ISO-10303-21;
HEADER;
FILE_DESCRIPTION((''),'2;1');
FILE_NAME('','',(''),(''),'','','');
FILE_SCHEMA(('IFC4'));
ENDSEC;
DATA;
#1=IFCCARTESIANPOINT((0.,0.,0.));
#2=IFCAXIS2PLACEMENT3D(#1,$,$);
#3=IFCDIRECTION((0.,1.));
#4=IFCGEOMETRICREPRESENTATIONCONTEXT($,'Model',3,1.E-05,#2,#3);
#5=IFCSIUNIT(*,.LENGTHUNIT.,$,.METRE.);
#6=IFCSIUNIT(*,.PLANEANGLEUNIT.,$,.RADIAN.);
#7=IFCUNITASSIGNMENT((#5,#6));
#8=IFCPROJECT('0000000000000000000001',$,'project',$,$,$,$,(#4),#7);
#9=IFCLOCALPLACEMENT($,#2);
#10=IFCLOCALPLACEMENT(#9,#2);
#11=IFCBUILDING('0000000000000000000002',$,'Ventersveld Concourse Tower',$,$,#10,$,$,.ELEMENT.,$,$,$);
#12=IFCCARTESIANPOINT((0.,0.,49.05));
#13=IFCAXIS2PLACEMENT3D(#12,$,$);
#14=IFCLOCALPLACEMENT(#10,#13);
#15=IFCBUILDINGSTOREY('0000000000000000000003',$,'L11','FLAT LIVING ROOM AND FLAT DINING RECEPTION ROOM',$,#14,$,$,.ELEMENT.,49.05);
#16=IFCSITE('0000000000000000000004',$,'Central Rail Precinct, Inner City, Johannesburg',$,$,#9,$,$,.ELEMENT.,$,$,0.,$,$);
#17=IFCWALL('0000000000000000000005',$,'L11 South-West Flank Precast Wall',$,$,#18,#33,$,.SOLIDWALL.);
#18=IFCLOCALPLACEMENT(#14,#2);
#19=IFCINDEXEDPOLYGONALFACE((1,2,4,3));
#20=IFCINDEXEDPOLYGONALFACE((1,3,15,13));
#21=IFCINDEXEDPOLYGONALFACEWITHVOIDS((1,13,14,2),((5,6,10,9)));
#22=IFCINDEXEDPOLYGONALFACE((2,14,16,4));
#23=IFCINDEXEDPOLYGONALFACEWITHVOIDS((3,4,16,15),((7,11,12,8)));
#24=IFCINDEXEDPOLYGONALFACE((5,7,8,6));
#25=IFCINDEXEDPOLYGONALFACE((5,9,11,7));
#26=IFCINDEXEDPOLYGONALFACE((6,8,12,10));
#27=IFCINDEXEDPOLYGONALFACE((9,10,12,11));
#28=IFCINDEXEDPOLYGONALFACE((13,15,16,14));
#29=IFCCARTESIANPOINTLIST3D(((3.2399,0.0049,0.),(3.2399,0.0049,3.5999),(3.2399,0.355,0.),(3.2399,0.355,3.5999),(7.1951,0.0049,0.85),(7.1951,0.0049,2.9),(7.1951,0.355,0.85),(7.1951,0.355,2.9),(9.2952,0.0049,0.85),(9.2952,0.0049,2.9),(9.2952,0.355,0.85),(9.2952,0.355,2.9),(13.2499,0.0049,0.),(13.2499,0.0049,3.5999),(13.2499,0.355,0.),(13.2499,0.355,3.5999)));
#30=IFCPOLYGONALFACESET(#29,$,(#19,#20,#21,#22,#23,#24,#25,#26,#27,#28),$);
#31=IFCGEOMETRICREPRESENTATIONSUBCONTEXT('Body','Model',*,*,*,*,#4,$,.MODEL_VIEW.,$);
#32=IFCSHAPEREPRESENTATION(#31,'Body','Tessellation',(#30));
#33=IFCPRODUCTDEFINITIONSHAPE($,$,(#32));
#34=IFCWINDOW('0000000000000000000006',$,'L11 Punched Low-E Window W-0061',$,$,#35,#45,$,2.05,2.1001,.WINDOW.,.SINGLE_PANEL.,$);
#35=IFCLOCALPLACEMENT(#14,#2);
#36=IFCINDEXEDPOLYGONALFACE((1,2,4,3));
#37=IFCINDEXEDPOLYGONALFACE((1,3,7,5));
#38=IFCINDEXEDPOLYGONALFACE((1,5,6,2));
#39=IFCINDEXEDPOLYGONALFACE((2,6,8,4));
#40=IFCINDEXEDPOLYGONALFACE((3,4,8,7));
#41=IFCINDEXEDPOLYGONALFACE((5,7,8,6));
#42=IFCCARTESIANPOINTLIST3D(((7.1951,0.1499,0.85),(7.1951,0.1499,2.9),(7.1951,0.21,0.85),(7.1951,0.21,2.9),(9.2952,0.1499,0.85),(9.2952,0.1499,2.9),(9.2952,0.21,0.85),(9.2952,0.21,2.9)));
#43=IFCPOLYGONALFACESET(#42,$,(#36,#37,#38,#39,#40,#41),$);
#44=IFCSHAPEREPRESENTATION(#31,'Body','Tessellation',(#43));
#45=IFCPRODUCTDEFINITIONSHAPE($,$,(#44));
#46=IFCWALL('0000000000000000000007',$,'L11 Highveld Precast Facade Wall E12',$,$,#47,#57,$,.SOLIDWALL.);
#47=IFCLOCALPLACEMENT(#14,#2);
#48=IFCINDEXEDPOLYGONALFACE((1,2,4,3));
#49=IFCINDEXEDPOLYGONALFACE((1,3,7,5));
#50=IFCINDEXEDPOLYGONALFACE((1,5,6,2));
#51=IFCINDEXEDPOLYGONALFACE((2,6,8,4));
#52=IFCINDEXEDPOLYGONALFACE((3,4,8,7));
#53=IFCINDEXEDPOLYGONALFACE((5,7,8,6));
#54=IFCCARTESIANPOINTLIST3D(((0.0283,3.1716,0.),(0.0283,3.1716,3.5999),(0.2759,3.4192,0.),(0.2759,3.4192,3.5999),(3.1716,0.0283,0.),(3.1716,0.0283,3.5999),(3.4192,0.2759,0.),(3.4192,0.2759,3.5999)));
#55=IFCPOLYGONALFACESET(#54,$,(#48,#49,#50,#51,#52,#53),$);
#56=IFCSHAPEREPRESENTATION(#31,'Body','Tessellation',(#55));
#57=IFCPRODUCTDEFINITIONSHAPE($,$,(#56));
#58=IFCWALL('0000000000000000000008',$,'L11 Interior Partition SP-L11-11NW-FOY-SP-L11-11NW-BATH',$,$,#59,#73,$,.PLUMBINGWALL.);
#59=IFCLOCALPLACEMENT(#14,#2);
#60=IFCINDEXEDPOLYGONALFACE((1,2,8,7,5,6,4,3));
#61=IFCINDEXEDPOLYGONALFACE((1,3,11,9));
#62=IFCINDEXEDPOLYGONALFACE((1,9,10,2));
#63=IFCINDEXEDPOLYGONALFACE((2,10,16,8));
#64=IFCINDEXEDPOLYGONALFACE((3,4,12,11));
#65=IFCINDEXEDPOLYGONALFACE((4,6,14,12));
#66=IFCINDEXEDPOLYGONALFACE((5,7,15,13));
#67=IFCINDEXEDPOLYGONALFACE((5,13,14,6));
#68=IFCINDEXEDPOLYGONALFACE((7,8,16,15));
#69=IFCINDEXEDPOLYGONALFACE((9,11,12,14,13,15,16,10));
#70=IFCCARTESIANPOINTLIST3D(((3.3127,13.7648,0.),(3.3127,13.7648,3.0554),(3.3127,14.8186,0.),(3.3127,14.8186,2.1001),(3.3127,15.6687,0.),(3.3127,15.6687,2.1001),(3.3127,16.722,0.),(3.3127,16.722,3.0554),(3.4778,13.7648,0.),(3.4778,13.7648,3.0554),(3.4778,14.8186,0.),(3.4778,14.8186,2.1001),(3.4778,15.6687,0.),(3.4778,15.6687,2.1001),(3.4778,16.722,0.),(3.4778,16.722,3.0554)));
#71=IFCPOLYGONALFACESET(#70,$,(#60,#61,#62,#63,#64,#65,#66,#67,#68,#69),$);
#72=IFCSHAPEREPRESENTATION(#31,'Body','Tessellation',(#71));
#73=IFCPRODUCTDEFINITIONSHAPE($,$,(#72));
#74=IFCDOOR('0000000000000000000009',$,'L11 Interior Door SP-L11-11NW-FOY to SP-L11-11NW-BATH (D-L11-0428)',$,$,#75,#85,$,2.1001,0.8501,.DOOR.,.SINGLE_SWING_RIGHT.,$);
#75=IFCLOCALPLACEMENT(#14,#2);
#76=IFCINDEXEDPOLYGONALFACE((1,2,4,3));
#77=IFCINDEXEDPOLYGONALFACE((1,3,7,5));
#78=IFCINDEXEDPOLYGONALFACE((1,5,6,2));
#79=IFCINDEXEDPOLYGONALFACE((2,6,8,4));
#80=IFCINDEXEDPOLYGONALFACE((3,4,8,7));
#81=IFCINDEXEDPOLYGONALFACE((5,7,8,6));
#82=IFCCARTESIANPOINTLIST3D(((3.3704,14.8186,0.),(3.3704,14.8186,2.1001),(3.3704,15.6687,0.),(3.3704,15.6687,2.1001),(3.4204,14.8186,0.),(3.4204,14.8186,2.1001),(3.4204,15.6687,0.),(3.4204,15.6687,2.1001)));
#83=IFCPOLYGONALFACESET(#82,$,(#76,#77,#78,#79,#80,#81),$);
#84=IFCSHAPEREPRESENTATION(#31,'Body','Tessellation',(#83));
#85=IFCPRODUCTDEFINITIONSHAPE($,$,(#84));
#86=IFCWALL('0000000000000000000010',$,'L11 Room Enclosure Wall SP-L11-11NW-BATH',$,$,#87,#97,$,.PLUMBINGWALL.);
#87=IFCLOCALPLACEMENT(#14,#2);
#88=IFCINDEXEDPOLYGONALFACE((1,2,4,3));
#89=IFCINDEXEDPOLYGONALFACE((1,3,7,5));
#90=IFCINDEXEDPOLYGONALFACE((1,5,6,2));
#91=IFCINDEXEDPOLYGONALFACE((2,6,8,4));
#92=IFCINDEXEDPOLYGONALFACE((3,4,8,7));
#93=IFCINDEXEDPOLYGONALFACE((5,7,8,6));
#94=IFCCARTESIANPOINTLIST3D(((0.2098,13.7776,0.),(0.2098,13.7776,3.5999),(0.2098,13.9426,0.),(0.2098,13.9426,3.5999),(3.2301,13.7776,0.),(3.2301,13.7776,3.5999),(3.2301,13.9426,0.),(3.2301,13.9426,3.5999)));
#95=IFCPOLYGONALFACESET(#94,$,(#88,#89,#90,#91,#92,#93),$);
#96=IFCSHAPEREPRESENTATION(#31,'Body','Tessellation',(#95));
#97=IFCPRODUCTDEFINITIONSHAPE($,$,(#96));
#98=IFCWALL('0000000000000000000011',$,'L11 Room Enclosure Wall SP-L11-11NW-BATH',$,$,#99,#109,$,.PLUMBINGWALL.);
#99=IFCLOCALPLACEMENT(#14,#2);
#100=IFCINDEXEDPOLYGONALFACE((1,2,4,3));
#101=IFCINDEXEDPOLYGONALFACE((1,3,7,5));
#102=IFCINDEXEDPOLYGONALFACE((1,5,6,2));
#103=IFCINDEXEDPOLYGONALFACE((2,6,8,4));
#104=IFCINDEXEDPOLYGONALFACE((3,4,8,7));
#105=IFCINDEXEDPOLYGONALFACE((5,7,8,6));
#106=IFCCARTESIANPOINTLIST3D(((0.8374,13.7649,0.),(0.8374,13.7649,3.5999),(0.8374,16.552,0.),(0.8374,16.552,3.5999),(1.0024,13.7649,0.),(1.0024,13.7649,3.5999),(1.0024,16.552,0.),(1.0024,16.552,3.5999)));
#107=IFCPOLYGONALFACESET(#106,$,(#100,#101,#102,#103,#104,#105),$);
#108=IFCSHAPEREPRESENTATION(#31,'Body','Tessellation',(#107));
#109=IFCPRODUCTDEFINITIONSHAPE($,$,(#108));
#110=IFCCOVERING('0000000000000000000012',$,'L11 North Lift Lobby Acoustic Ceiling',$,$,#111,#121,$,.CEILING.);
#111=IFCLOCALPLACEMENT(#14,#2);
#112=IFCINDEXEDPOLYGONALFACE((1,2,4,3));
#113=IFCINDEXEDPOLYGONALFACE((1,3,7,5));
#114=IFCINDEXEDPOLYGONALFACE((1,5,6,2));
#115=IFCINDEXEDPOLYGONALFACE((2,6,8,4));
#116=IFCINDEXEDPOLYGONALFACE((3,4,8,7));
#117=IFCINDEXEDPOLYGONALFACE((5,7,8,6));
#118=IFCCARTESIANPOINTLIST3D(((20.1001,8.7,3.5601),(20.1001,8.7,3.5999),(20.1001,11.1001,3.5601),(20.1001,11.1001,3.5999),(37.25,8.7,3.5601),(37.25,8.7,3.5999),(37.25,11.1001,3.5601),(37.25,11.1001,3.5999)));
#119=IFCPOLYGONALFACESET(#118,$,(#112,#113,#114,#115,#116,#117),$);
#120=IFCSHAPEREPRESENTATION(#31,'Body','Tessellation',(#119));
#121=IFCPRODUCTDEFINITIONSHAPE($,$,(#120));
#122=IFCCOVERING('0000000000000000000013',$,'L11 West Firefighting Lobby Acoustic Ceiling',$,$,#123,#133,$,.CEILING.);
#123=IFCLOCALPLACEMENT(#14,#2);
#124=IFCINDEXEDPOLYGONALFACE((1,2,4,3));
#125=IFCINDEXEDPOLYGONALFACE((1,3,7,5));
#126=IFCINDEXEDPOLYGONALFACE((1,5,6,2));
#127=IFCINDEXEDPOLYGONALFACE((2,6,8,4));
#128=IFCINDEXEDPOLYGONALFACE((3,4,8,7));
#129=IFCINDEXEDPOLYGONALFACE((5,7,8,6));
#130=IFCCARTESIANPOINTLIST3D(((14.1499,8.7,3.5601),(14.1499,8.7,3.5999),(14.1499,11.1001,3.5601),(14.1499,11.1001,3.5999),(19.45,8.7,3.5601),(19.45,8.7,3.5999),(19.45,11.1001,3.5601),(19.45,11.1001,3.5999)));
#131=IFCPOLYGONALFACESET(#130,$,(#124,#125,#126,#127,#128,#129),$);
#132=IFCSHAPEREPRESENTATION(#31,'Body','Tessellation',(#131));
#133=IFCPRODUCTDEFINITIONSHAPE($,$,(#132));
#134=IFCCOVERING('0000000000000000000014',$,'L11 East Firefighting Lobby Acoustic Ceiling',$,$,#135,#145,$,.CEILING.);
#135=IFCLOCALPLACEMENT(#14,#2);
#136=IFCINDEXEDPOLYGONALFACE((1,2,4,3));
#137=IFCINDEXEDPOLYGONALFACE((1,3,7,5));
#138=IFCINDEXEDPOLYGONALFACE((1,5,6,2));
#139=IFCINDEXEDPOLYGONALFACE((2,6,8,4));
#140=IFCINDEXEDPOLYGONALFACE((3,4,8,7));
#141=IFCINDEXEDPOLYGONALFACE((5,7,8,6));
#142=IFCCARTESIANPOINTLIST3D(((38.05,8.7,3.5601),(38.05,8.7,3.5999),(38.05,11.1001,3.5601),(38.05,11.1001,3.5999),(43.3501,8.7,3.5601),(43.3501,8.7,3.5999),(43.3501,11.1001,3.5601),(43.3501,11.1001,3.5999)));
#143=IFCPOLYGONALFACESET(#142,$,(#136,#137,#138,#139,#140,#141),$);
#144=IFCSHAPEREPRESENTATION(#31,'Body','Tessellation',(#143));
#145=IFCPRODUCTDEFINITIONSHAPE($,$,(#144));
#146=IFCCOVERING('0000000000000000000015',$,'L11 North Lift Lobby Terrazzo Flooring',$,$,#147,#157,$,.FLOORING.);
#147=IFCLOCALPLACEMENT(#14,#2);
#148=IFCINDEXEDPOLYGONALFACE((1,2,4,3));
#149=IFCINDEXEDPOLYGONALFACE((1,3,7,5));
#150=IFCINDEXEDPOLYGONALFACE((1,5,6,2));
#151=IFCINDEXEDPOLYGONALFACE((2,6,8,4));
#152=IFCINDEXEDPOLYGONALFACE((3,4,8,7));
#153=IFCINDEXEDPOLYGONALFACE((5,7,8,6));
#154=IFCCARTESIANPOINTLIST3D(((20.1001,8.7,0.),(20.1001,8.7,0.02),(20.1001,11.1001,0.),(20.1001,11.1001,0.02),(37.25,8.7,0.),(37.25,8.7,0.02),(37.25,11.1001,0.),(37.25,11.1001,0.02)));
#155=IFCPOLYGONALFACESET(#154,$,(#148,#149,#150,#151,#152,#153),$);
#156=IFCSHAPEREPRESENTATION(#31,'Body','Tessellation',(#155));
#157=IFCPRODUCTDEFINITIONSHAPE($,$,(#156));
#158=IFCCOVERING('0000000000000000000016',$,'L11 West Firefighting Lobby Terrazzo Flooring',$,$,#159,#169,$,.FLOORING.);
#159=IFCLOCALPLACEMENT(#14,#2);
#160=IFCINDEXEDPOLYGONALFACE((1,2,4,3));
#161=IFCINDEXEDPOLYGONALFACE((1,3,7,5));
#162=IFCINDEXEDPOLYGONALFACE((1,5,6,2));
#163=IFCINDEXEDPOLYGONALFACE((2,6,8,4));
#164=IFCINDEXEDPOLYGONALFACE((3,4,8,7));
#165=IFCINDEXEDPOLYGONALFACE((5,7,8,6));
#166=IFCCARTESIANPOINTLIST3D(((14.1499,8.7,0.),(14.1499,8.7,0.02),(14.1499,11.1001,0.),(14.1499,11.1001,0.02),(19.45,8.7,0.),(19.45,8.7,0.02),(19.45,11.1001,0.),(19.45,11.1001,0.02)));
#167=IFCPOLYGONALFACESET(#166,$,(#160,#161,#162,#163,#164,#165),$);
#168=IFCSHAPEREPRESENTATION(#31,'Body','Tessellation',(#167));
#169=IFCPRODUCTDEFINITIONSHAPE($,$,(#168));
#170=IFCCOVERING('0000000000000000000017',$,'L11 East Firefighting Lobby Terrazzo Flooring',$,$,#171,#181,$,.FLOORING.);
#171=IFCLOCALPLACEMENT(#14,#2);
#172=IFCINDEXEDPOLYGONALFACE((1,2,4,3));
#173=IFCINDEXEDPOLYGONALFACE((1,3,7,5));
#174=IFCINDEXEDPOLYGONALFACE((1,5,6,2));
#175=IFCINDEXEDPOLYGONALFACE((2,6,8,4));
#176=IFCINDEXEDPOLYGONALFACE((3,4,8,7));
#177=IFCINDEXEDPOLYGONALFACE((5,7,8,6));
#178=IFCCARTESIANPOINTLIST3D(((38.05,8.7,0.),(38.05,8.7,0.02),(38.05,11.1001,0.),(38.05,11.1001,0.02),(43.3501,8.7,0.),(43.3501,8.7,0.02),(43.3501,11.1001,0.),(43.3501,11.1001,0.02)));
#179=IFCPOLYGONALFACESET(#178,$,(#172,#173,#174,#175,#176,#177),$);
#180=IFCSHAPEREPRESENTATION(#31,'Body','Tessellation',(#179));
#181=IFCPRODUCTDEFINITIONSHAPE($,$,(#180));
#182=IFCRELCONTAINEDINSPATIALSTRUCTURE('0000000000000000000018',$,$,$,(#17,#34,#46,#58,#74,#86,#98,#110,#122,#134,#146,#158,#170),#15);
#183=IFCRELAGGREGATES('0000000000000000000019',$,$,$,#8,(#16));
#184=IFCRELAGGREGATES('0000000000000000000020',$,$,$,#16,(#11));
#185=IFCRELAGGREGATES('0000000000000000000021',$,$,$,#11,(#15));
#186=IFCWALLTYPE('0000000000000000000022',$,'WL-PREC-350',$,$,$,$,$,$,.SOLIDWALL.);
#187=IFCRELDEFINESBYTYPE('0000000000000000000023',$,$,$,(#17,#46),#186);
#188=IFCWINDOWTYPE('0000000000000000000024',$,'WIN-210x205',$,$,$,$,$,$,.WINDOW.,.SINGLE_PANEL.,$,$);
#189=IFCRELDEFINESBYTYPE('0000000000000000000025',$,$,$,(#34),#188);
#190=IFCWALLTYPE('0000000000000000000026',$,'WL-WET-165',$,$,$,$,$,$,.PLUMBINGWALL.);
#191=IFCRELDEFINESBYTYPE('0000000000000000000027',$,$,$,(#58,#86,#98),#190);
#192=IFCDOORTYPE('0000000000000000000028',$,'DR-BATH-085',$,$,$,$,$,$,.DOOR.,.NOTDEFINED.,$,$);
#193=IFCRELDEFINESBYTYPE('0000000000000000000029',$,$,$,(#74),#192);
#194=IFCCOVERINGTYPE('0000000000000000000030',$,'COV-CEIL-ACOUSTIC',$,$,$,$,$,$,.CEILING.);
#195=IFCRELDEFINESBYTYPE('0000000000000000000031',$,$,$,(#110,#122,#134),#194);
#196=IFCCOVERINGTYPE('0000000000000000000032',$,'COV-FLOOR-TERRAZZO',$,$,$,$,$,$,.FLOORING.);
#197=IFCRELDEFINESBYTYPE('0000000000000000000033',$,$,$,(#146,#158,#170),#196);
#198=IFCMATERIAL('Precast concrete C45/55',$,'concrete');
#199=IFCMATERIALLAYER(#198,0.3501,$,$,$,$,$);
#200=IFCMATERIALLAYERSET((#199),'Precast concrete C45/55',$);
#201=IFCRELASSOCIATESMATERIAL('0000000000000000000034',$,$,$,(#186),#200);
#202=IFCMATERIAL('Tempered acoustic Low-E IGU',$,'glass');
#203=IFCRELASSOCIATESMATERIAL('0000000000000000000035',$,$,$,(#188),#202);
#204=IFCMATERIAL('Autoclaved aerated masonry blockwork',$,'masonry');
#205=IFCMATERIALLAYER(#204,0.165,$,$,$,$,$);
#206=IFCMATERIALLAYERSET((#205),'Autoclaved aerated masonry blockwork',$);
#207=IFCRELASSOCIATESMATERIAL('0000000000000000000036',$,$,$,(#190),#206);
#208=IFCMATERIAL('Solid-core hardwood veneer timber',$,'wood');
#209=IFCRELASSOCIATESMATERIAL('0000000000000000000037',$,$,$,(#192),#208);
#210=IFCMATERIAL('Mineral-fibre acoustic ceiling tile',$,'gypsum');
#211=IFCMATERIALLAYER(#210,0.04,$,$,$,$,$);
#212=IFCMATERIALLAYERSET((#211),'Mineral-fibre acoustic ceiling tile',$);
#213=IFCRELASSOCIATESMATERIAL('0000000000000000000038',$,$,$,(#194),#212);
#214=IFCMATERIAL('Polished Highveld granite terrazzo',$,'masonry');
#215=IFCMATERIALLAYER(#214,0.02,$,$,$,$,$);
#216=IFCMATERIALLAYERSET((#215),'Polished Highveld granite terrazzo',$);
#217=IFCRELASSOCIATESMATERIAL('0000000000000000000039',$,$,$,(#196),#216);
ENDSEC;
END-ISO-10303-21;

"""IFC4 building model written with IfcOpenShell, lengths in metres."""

from ifc_helpers import new_model, si_unit, direction, frame, frame_2d, origin, place, context, subcontext, project, spatial, polyline, rectangle, outline, extrude, material, layer, layer_set, type_object, element, fill, save


model = new_model("IFC4")

# Units and contexts
model_context = context("Model", 3, precision=1e-05, world=origin(), true_north=direction((0.0, 1.0)))
body_context = subcontext(model_context, "Body", "Model", "MODEL_VIEW")
ifc_project = project(units=[si_unit("LENGTHUNIT", "METRE"), si_unit("PLANEANGLEUNIT", "RADIAN")], contexts=[model_context])

# Site, building, storey
site_placement = place(None, origin())
site = spatial("IfcSite", under=ifc_project, at=site_placement, Name="Central Rail Precinct, Inner City, Johannesburg", CompositionType="ELEMENT", RefElevation=0.0)
building_placement = place(site_placement, origin())
building = spatial("IfcBuilding", under=site, at=building_placement, Name="Ventersveld Concourse Tower", CompositionType="ELEMENT")
storey_placement = place(building_placement, frame((0.0, 0.0, 49.05)))
storey = spatial("IfcBuildingStorey", under=building, at=storey_placement, Name="L11", Description="FLAT LIVING ROOM AND FLAT DINING RECEPTION ROOM", CompositionType="ELEMENT", Elevation=49.05)

# Wall, opening, window
ifc_material_1 = material(Name="Precast concrete C45/55", Category="concrete")
ifc_layer_1 = layer(ifc_material_1, 0.3501)
ifc_layer_set_1 = layer_set([ifc_layer_1], Name="Precast concrete C45/55")
wall_type_1 = type_object("IfcWallType", Name="WL-PREC-350", PredefinedType="SOLIDWALL", material=ifc_layer_set_1)
wall_1_placement = place(storey_placement, frame((3.24, 0.1799, 0.0), z_axis=(0.0, 0.0, 1.0), x_axis=(1.0, 0.0, 0.0)))
wall_1 = element("IfcWall", 1, at=wall_1_placement, inside=storey, type_object=wall_type_1, Name="L11 South-West Flank Precast Wall", PredefinedType="SOLIDWALL", context=body_context, shape_type="SweptSolid", body=[
    extrude(rectangle(XDim=10.01, YDim=0.3501, at=frame_2d((5.0049, 0.0))), origin(), (0.0, 0.0, 1.0), 3.5999),
])
opening_1_placement = place(wall_1_placement, frame((3.9551, 0.0, 0.8501)))
opening_1 = element("IfcOpeningElement", 2, at=opening_1_placement, cuts=wall_1, PredefinedType="OPENING", context=body_context, shape_type="SweptSolid", body=[
    extrude(rectangle(XDim=2.1001, YDim=2.05, at=frame_2d((1.05, 1.0249))), frame((0.0, 0.1851, 0.0), z_axis=(0.0, -1.0, 0.0), x_axis=(1.0, 0.0, 0.0)), (0.0, 0.0, 1.0), 0.3701),
])
ifc_material_2 = material(Name="Tempered acoustic Low-E IGU", Category="glass")
window_type = type_object("IfcWindowType", Name="WIN-210x205", PartitioningType="SINGLE_PANEL", PredefinedType="WINDOW", material=ifc_material_2)
window_placement = place(opening_1_placement, origin())
window = element("IfcWindow", 3, at=window_placement, inside=storey, type_object=window_type, Name="L11 Punched Low-E Window W-0061", OverallHeight=2.05, OverallWidth=2.1001, PartitioningType="SINGLE_PANEL", PredefinedType="WINDOW", context=body_context, shape_type="SweptSolid", body=[
    extrude(rectangle(XDim=2.1001, YDim=2.05, at=frame_2d((1.05, 1.0249))), frame((0.0, 0.03, 0.0), z_axis=(0.0, -1.0, 0.0), x_axis=(1.0, 0.0, 0.0)), (0.0, 0.0, 1.0), 0.0601),
])
fill(opening_1, window)

# Wall
wall_2_placement = place(storey_placement, frame((0.1521, 3.2954, 0.0), z_axis=(0.0, 0.0, 1.0), x_axis=(0.707107, -0.707107, 0.0)))
element("IfcWall", 4, at=wall_2_placement, inside=storey, type_object=wall_type_1, Name="L11 Highveld Precast Facade Wall E12", PredefinedType="SOLIDWALL", context=body_context, shape_type="SweptSolid", body=[
    extrude(rectangle(XDim=4.4453, YDim=0.3501, at=frame_2d((2.2227, 0.0))), origin(), (0.0, 0.0, 1.0), 3.5999),
])

# Wall, opening, door
ifc_material_3 = material(Name="Autoclaved aerated masonry blockwork", Category="masonry")
ifc_layer_2 = layer(ifc_material_3, 0.165)
ifc_layer_set_2 = layer_set([ifc_layer_2], Name="Autoclaved aerated masonry blockwork")
wall_type_2 = type_object("IfcWallType", Name="WL-WET-165", PredefinedType="PLUMBINGWALL", material=ifc_layer_set_2)
wall_3_placement = place(storey_placement, frame((3.3953, 13.7649, 0.0), z_axis=(0.0, 0.0, 1.0), x_axis=(0.0, 1.0, 0.0)))
wall_3 = element("IfcWall", 5, at=wall_3_placement, inside=storey, type_object=wall_type_2, Name="L11 Interior Partition SP-L11-11NW-FOY-SP-L11-11NW-BATH", PredefinedType="PLUMBINGWALL", context=body_context, shape_type="SweptSolid", body=[
    extrude(rectangle(XDim=2.9573, YDim=0.165, at=frame_2d((1.4785, 0.0))), origin(), (0.0, 0.0, 1.0), 3.0554),
])
opening_2_placement = place(wall_3_placement, frame((1.0537, 0.0, 0.0)))
opening_2 = element("IfcOpeningElement", 6, at=opening_2_placement, cuts=wall_3, PredefinedType="OPENING", context=body_context, shape_type="SweptSolid", body=[
    extrude(rectangle(XDim=0.8501, YDim=2.1001, at=frame_2d((0.425, 1.05))), frame((0.0, 0.0925, 0.0), z_axis=(0.0, -1.0, 0.0), x_axis=(1.0, 0.0, 0.0)), (0.0, 0.0, 1.0), 0.1851),
])
ifc_material_4 = material(Name="Solid-core hardwood veneer timber", Category="wood")
door_type = type_object("IfcDoorType", Name="DR-BATH-085", OperationType="NOTDEFINED", PredefinedType="DOOR", material=ifc_material_4)
door_placement = place(opening_2_placement, origin())
door = element("IfcDoor", 7, at=door_placement, inside=storey, type_object=door_type, Name="L11 Interior Door SP-L11-11NW-FOY to SP-L11-11NW-BATH (D-L11-0428)", OperationType="SINGLE_SWING_RIGHT", OverallHeight=2.1001, OverallWidth=0.8501, PredefinedType="DOOR", context=body_context, shape_type="SweptSolid", body=[
    extrude(rectangle(XDim=0.8501, YDim=2.1001, at=frame_2d((0.425, 1.05))), frame((0.0, 0.0249, 0.0), z_axis=(0.0, -1.0, 0.0), x_axis=(1.0, 0.0, 0.0)), (0.0, 0.0, 1.0), 0.05),
])
fill(opening_2, door)

# Walls
wall_4_placement = place(storey_placement, frame((3.2302, 13.8601, 0.0), z_axis=(0.0, 0.0, 1.0), x_axis=(-1.0, 0.0, 0.0)))
element("IfcWall", 8, at=wall_4_placement, inside=storey, type_object=wall_type_2, Name="L11 Room Enclosure Wall SP-L11-11NW-BATH", PredefinedType="PLUMBINGWALL", context=body_context, shape_type="SweptSolid", body=[
    extrude(rectangle(XDim=3.0203, YDim=0.165, at=frame_2d((1.5103, 0.0))), origin(), (0.0, 0.0, 1.0), 3.5999),
])
wall_5_placement = place(storey_placement, frame((0.9199, 13.7649, 0.0), z_axis=(0.0, 0.0, 1.0), x_axis=(0.0, 1.0, 0.0)))
element("IfcWall", 9, at=wall_5_placement, inside=storey, type_object=wall_type_2, Name="L11 Room Enclosure Wall SP-L11-11NW-BATH", PredefinedType="PLUMBINGWALL", context=body_context, shape_type="SweptSolid", body=[
    extrude(rectangle(XDim=2.7871, YDim=0.165, at=frame_2d((1.3936, 0.0))), origin(), (0.0, 0.0, 1.0), 3.5999),
])

# Coverings
ifc_material_5 = material(Name="Mineral-fibre acoustic ceiling tile", Category="gypsum")
ifc_layer_3 = layer(ifc_material_5, 0.04)
ifc_layer_set_3 = layer_set([ifc_layer_3], Name="Mineral-fibre acoustic ceiling tile")
covering_type_1 = type_object("IfcCoveringType", Name="COV-CEIL-ACOUSTIC", PredefinedType="CEILING", material=ifc_layer_set_3)
covering_1_placement = place(storey_placement, frame((0.0, 0.0, 3.5601)))
element("IfcCovering", 10, at=covering_1_placement, inside=storey, type_object=covering_type_1, Name="L11 North Lift Lobby Acoustic Ceiling", PredefinedType="CEILING", context=body_context, shape_type="SweptSolid", body=[
    extrude(outline(polyline([(20.1001, 8.7), (37.25, 8.7), (37.25, 11.1001), (20.1001, 11.1001), (20.1001, 8.7)])), origin(), (0.0, 0.0, 1.0), 0.0398),
])
covering_2_placement = place(storey_placement, frame((0.0, 0.0, 3.5601)))
element("IfcCovering", 11, at=covering_2_placement, inside=storey, type_object=covering_type_1, Name="L11 West Firefighting Lobby Acoustic Ceiling", PredefinedType="CEILING", context=body_context, shape_type="SweptSolid", body=[
    extrude(outline(polyline([(14.1499, 8.7), (19.45, 8.7), (19.45, 11.1001), (14.1499, 11.1001), (14.1499, 8.7)])), origin(), (0.0, 0.0, 1.0), 0.0398),
])
covering_3_placement = place(storey_placement, frame((0.0, 0.0, 3.5601)))
element("IfcCovering", 12, at=covering_3_placement, inside=storey, type_object=covering_type_1, Name="L11 East Firefighting Lobby Acoustic Ceiling", PredefinedType="CEILING", context=body_context, shape_type="SweptSolid", body=[
    extrude(outline(polyline([(38.05, 8.7), (43.3501, 8.7), (43.3501, 11.1001), (38.05, 11.1001), (38.05, 8.7)])), origin(), (0.0, 0.0, 1.0), 0.0398),
])
ifc_material_6 = material(Name="Polished Highveld granite terrazzo", Category="masonry")
ifc_layer_4 = layer(ifc_material_6, 0.02)
ifc_layer_set_4 = layer_set([ifc_layer_4], Name="Polished Highveld granite terrazzo")
covering_type_2 = type_object("IfcCoveringType", Name="COV-FLOOR-TERRAZZO", PredefinedType="FLOORING", material=ifc_layer_set_4)
covering_4_placement = place(storey_placement, origin())
element("IfcCovering", 13, at=covering_4_placement, inside=storey, type_object=covering_type_2, Name="L11 North Lift Lobby Terrazzo Flooring", PredefinedType="FLOORING", context=body_context, shape_type="SweptSolid", body=[
    extrude(outline(polyline([(20.1001, 8.7), (37.25, 8.7), (37.25, 11.1001), (20.1001, 11.1001), (20.1001, 8.7)])), origin(), (0.0, 0.0, 1.0), 0.02),
])
covering_5_placement = place(storey_placement, origin())
element("IfcCovering", 14, at=covering_5_placement, inside=storey, type_object=covering_type_2, Name="L11 West Firefighting Lobby Terrazzo Flooring", PredefinedType="FLOORING", context=body_context, shape_type="SweptSolid", body=[
    extrude(outline(polyline([(14.1499, 8.7), (19.45, 8.7), (19.45, 11.1001), (14.1499, 11.1001), (14.1499, 8.7)])), origin(), (0.0, 0.0, 1.0), 0.02),
])
covering_6_placement = place(storey_placement, origin())
element("IfcCovering", 15, at=covering_6_placement, inside=storey, type_object=covering_type_2, Name="L11 East Firefighting Lobby Terrazzo Flooring", PredefinedType="FLOORING", context=body_context, shape_type="SweptSolid", body=[
    extrude(outline(polyline([(38.05, 8.7), (43.3501, 8.7), (43.3501, 11.1001), (38.05, 11.1001), (38.05, 8.7)])), origin(), (0.0, 0.0, 1.0), 0.02),
])

save(model, "model.ifc")
